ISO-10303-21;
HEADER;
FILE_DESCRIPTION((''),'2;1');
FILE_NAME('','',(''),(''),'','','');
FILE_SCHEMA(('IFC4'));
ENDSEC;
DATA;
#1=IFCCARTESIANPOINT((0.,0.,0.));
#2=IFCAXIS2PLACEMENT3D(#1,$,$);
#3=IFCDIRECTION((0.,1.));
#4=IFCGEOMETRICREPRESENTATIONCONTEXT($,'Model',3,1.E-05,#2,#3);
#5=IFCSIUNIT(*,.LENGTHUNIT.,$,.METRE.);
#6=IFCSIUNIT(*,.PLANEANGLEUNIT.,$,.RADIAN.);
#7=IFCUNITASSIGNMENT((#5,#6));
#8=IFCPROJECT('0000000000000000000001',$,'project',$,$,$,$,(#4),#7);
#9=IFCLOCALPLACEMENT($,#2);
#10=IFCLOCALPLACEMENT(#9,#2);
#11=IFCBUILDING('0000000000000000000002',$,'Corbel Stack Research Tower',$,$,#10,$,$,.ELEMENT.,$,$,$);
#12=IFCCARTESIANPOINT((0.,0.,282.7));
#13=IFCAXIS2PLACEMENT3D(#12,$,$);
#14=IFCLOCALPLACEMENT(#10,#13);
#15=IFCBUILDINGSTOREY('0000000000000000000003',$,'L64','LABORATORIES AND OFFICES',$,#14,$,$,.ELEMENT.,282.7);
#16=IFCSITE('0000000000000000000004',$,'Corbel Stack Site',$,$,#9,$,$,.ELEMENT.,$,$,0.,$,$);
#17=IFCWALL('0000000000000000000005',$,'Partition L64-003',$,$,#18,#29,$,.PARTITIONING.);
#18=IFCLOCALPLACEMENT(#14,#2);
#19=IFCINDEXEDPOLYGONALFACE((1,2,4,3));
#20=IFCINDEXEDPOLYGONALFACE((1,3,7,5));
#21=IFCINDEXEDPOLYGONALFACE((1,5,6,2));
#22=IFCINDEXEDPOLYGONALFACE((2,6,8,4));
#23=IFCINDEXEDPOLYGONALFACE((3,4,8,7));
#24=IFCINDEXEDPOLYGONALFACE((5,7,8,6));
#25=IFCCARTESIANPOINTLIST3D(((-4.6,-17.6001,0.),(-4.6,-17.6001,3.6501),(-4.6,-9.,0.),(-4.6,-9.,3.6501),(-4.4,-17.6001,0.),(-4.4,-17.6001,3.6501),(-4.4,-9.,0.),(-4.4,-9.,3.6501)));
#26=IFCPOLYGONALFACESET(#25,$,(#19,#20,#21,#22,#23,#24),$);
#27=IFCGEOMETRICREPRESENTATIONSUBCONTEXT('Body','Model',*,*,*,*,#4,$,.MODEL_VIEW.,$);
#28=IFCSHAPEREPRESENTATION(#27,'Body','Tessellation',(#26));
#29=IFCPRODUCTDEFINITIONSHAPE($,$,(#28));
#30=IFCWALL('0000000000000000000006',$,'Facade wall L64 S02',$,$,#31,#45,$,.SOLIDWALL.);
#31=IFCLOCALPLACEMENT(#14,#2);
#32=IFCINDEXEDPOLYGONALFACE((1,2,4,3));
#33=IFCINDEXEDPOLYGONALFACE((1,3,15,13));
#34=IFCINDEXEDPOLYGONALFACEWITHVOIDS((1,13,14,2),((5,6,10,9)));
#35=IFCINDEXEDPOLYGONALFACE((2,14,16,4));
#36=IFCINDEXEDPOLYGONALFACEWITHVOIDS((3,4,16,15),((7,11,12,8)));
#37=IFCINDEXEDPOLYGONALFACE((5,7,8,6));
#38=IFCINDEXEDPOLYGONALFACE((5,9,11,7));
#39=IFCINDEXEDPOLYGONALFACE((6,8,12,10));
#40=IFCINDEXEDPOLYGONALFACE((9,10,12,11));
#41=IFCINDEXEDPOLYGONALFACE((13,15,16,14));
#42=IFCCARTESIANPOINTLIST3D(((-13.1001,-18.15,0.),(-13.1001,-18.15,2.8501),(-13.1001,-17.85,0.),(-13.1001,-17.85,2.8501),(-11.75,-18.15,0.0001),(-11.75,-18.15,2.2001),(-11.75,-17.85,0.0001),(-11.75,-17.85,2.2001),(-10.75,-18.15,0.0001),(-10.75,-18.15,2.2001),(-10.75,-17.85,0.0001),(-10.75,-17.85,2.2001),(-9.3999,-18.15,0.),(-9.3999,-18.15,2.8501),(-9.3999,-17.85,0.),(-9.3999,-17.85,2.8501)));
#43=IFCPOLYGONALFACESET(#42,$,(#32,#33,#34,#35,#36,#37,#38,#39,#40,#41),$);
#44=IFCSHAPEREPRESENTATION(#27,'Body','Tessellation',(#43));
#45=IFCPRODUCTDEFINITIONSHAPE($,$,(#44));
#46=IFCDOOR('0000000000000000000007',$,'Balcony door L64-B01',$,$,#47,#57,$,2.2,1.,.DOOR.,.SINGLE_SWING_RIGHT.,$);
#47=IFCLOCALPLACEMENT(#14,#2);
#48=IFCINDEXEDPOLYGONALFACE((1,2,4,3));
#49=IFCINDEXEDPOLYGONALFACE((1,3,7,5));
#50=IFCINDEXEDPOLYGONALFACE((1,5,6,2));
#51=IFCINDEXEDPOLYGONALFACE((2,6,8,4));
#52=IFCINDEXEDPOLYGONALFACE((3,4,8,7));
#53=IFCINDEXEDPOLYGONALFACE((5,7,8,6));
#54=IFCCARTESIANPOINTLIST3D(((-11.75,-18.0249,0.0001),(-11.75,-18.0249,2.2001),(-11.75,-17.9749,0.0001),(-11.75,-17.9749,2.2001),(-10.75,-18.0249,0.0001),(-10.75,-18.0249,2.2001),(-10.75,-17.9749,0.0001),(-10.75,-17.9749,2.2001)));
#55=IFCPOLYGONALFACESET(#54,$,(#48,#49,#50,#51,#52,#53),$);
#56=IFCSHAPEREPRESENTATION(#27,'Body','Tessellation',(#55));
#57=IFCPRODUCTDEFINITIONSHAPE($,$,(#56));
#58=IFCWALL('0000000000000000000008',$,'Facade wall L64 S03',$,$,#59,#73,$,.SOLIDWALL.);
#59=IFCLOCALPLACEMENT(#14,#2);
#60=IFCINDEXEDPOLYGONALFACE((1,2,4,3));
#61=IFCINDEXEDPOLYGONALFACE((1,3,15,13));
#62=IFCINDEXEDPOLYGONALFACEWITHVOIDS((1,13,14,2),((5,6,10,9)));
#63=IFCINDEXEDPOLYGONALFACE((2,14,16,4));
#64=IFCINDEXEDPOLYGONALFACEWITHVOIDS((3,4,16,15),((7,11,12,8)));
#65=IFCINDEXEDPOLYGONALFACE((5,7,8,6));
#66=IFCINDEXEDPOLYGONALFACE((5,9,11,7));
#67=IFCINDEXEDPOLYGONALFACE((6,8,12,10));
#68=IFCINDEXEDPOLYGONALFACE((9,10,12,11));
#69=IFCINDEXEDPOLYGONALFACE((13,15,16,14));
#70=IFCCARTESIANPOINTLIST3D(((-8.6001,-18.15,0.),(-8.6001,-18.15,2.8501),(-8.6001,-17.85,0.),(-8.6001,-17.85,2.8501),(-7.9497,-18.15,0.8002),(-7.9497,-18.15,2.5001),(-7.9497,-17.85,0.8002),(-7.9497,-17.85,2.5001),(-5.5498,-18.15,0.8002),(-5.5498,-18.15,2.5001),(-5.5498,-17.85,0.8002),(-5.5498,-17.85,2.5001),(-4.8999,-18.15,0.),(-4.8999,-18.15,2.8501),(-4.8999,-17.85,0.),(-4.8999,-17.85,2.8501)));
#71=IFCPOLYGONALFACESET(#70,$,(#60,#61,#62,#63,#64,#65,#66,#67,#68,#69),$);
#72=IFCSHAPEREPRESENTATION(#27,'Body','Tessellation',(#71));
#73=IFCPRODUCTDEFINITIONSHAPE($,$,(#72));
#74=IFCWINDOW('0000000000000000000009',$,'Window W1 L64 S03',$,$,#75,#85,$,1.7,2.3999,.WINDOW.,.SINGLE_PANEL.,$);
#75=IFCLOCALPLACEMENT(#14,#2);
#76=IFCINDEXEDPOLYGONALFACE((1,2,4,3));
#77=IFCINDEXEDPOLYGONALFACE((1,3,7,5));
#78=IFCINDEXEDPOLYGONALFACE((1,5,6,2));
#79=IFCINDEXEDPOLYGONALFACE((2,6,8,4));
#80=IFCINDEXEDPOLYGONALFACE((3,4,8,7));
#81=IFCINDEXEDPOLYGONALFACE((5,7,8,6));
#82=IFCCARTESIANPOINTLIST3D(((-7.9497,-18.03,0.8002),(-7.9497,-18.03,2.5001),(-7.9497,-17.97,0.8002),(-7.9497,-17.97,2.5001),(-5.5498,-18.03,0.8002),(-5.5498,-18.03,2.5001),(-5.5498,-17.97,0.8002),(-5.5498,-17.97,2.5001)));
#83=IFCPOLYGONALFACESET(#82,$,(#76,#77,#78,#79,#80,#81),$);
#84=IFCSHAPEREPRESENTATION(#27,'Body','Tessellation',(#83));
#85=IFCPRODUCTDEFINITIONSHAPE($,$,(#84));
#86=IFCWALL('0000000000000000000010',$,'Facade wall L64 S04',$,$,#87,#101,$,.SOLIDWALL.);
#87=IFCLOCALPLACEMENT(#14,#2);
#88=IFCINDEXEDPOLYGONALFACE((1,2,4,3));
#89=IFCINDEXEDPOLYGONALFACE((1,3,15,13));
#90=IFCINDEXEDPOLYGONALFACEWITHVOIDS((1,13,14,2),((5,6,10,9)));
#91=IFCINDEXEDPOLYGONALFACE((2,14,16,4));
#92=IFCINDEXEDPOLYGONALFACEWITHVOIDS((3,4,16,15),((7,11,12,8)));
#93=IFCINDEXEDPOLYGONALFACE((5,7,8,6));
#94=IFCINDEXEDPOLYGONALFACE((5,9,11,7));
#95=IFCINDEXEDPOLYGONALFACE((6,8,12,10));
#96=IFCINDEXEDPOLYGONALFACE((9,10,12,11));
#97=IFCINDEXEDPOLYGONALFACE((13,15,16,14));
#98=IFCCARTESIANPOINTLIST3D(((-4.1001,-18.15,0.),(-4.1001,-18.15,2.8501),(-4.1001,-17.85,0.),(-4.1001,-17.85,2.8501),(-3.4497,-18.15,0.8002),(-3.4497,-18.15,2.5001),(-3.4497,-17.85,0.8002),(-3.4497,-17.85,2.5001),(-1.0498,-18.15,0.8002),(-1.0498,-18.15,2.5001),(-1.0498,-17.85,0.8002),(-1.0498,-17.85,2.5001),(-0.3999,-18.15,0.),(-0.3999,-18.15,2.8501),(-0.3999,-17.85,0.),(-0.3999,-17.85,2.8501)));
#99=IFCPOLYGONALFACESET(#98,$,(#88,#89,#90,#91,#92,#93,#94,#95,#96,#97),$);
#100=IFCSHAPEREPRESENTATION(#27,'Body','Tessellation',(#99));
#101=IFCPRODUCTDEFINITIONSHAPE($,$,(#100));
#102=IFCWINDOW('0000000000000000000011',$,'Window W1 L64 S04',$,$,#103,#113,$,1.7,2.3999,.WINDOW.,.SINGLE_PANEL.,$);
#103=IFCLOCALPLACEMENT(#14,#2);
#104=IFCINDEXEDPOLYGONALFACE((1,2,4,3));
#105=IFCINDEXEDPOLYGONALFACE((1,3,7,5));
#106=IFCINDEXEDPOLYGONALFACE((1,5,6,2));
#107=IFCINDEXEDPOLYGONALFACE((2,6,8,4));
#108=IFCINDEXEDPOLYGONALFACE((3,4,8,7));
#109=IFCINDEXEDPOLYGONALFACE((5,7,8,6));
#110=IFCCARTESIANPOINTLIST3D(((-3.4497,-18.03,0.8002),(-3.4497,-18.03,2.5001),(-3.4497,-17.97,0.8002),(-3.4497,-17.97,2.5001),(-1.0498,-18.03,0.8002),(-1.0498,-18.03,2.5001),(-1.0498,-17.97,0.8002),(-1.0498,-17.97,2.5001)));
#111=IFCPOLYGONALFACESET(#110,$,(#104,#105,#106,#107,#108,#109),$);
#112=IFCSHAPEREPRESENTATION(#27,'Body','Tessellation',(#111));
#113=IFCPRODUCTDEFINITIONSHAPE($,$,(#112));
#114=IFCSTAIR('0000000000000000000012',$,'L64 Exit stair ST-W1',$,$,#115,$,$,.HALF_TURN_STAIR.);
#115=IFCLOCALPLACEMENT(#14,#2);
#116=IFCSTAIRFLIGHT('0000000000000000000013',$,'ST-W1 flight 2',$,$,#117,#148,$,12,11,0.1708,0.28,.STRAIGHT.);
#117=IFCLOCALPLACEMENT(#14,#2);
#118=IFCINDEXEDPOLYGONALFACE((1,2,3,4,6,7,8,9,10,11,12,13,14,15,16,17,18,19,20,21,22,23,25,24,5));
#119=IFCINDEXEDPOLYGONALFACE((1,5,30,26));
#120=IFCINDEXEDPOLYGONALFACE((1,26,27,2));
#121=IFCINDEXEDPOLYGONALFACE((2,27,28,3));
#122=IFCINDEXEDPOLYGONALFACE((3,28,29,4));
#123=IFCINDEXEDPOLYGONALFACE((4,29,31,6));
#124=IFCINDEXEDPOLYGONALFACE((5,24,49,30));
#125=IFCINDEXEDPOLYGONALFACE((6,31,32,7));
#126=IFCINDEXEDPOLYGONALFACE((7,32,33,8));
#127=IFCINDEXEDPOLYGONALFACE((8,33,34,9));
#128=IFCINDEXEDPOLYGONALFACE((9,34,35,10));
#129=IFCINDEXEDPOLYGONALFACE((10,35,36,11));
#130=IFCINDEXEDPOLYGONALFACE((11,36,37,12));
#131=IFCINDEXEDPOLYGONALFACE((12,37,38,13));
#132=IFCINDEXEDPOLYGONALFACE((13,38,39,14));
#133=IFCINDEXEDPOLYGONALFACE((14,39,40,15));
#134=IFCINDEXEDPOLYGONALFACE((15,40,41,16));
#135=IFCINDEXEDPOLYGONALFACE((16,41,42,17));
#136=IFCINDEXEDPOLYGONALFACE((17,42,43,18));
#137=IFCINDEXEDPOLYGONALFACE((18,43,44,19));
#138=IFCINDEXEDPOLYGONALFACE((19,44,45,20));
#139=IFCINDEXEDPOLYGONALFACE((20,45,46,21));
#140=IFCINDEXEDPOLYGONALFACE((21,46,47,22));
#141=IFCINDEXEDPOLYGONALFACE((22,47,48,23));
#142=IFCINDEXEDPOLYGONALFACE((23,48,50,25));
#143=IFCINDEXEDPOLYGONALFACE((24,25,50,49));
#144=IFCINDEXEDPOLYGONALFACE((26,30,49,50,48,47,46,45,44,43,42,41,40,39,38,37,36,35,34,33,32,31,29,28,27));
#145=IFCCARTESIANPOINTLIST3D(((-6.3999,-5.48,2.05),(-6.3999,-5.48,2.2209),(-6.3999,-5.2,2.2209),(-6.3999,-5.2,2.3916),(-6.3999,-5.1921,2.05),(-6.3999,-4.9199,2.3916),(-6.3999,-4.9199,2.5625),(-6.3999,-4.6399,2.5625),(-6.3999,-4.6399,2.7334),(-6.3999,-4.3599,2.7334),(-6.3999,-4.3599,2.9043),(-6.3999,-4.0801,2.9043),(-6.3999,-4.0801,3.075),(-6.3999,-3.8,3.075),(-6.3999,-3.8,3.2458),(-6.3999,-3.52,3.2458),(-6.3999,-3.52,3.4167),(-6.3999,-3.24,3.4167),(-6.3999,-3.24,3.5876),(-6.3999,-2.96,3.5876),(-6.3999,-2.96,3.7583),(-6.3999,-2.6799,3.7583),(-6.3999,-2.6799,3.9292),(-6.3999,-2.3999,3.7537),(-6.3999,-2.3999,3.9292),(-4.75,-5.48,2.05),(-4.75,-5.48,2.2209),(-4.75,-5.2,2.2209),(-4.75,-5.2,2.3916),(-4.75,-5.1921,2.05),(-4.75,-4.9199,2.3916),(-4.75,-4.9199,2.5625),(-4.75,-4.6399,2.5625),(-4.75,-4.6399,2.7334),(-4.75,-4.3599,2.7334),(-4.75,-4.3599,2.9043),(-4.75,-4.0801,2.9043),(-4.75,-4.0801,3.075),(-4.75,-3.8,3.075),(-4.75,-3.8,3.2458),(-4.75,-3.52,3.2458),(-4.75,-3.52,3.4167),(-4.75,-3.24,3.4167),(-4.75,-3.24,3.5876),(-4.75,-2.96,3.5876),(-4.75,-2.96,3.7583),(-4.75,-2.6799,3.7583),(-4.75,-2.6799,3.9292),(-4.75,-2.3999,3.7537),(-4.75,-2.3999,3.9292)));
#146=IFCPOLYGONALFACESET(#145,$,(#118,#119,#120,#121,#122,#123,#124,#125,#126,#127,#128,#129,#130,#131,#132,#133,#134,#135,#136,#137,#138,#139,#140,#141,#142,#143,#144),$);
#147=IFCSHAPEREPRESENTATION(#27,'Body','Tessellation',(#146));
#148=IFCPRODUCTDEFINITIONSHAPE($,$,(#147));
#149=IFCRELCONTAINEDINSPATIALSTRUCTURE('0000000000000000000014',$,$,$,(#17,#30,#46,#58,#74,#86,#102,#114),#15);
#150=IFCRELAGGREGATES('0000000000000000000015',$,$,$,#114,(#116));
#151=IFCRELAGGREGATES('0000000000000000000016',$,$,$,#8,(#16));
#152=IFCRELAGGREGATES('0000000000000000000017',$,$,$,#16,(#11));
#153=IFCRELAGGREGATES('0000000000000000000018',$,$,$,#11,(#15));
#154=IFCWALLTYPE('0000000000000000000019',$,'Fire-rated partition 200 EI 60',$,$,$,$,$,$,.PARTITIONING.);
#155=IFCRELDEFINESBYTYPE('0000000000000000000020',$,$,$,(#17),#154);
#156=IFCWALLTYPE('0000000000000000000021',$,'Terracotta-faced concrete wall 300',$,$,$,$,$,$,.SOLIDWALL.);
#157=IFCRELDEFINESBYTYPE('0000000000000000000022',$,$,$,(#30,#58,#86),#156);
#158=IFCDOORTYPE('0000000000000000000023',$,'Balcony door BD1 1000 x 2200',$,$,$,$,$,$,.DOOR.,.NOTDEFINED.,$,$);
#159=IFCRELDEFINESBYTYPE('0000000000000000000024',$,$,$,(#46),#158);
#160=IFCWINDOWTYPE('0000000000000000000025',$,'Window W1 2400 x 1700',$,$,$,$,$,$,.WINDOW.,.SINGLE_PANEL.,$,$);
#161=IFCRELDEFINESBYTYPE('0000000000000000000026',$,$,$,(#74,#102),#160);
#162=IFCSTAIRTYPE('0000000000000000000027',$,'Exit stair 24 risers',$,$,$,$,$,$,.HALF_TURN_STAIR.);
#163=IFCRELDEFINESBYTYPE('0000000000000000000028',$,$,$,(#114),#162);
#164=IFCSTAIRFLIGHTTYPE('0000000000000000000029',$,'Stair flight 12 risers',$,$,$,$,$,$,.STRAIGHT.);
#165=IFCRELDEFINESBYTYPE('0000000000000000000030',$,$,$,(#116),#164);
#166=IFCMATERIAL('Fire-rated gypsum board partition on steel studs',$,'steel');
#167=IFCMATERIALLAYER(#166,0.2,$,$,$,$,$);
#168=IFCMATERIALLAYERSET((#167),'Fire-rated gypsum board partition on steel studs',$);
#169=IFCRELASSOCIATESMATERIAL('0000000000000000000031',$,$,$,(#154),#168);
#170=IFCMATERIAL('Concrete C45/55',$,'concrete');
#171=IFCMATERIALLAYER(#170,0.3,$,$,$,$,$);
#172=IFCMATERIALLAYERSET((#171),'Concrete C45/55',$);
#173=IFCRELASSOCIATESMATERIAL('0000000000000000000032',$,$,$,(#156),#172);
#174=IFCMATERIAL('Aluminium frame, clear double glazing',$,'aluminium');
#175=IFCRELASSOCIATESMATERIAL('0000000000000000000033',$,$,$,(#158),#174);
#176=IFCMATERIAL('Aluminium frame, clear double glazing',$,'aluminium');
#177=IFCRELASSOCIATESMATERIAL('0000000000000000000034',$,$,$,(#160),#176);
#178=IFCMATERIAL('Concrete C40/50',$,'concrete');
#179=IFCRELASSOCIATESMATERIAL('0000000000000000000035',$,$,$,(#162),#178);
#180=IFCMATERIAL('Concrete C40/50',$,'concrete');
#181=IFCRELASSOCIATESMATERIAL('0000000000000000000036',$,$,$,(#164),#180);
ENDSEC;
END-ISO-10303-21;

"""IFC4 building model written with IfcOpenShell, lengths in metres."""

from ifc_helpers import new_model, si_unit, direction, frame, frame_2d, origin, place, context, subcontext, project, spatial, polyline, rectangle, outline, extrude, material, layer, layer_set, type_object, element, fill, aggregate, save


model = new_model("IFC4")

# Units and contexts
model_context = context("Model", 3, precision=1e-05, world=origin(), true_north=direction((0.0, 1.0)))
body_context = subcontext(model_context, "Body", "Model", "MODEL_VIEW")
ifc_project = project(units=[si_unit("LENGTHUNIT", "METRE"), si_unit("PLANEANGLEUNIT", "RADIAN")], contexts=[model_context])

# Site, building, storey
site_placement = place(None, origin())
site = spatial("IfcSite", under=ifc_project, at=site_placement, Name="Corbel Stack Site", CompositionType="ELEMENT", RefElevation=0.0)
building_placement = place(site_placement, origin())
building = spatial("IfcBuilding", under=site, at=building_placement, Name="Corbel Stack Research Tower", CompositionType="ELEMENT")
storey_placement = place(building_placement, frame((0.0, 0.0, 282.7)))
storey = spatial("IfcBuildingStorey", under=building, at=storey_placement, Name="L64", Description="LABORATORIES AND OFFICES", CompositionType="ELEMENT", Elevation=282.7)

# Wall
ifc_material_1 = material(Name="Fire-rated gypsum board partition on steel studs", Category="steel")
ifc_layer_1 = layer(ifc_material_1, 0.2)
ifc_layer_set_1 = layer_set([ifc_layer_1], Name="Fire-rated gypsum board partition on steel studs")
wall_type_1 = type_object("IfcWallType", Name="Fire-rated partition 200 EI 60", PredefinedType="PARTITIONING", material=ifc_layer_set_1)
wall_1_placement = place(storey_placement, frame((-4.5, -17.6001, 0.0), z_axis=(0.0, 0.0, 1.0), x_axis=(0.0, 1.0, 0.0)))
element("IfcWall", 1, at=wall_1_placement, inside=storey, type_object=wall_type_1, Name="Partition L64-003", PredefinedType="PARTITIONING", context=body_context, shape_type="SweptSolid", body=[
    extrude(rectangle(XDim=8.6001, YDim=0.2, at=frame_2d((4.3, 0.0))), origin(), (0.0, 0.0, 1.0), 3.6501),
])

# Wall, opening, door
ifc_material_2 = material(Name="Concrete C45/55", Category="concrete")
ifc_layer_2 = layer(ifc_material_2, 0.3)
ifc_layer_set_2 = layer_set([ifc_layer_2], Name="Concrete C45/55")
wall_type_2 = type_object("IfcWallType", Name="Terracotta-faced concrete wall 300", PredefinedType="SOLIDWALL", material=ifc_layer_set_2)
wall_2_placement = place(storey_placement, frame((-9.3999, -18.0, 0.0), z_axis=(0.0, 0.0, 1.0), x_axis=(-1.0, 0.0, 0.0)))
wall_2 = element("IfcWall", 2, at=wall_2_placement, inside=storey, type_object=wall_type_2, Name="Facade wall L64 S02", PredefinedType="SOLIDWALL", context=body_context, shape_type="SweptSolid", body=[
    extrude(rectangle(XDim=3.7002, YDim=0.3, at=frame_2d((1.8501, 0.0))), origin(), (0.0, 0.0, 1.0), 2.8501),
])
opening_1_placement = place(wall_2_placement, frame((1.3501, 0.0, 0.0)))
opening_1 = element("IfcOpeningElement", 3, at=opening_1_placement, cuts=wall_2, PredefinedType="OPENING", context=body_context, shape_type="SweptSolid", body=[
    extrude(rectangle(XDim=1.0, YDim=2.2, at=frame_2d((0.5, 1.1001))), frame((0.0, 0.1599, 0.0), z_axis=(0.0, -1.0, 0.0), x_axis=(1.0, 0.0, 0.0)), (0.0, 0.0, 1.0), 0.3201),
])
ifc_material_3 = material(Name="Aluminium frame, clear double glazing", Category="aluminium")
door_type_1 = type_object("IfcDoorType", Name="Balcony door BD1 1000 x 2200", OperationType="NOTDEFINED", PredefinedType="DOOR", material=ifc_material_3)
door_1_placement = place(opening_1_placement, origin())
door_1 = element("IfcDoor", 4, at=door_1_placement, inside=storey, type_object=door_type_1, Name="Balcony door L64-B01", OperationType="SINGLE_SWING_RIGHT", OverallHeight=2.2, OverallWidth=1.0, PredefinedType="DOOR", context=body_context, shape_type="SweptSolid", body=[
    extrude(rectangle(XDim=1.0, YDim=2.2, at=frame_2d((0.5, 1.1001))), frame((0.0, 0.0249, 0.0), z_axis=(0.0, -1.0, 0.0), x_axis=(1.0, 0.0, 0.0)), (0.0, 0.0, 1.0), 0.05),
])
fill(opening_1, door_1)

# Walls, openings, windows
wall_3_placement = place(storey_placement, frame((-4.8999, -18.0, 0.0), z_axis=(0.0, 0.0, 1.0), x_axis=(-1.0, 0.0, 0.0)))
wall_3 = element("IfcWall", 5, at=wall_3_placement, inside=storey, type_object=wall_type_2, Name="Facade wall L64 S03", PredefinedType="SOLIDWALL", context=body_context, shape_type="SweptSolid", body=[
    extrude(rectangle(XDim=3.7002, YDim=0.3, at=frame_2d((1.8501, 0.0))), origin(), (0.0, 0.0, 1.0), 2.8501),
])
opening_2_placement = place(wall_3_placement, frame((0.6499, 0.0, 0.8)))
opening_2 = element("IfcOpeningElement", 6, at=opening_2_placement, cuts=wall_3, PredefinedType="OPENING", context=body_context, shape_type="SweptSolid", body=[
    extrude(rectangle(XDim=2.3999, YDim=1.7, at=frame_2d((1.2, 0.8501))), frame((0.0, 0.1599, 0.0), z_axis=(0.0, -1.0, 0.0), x_axis=(1.0, 0.0, 0.0)), (0.0, 0.0, 1.0), 0.3201),
])
ifc_material_4 = material(Name="Aluminium frame, clear double glazing", Category="aluminium")
window_type = type_object("IfcWindowType", Name="Window W1 2400 x 1700", PartitioningType="SINGLE_PANEL", PredefinedType="WINDOW", material=ifc_material_4)
window_1_placement = place(opening_2_placement, origin())
window_1 = element("IfcWindow", 7, at=window_1_placement, inside=storey, type_object=window_type, Name="Window W1 L64 S03", OverallHeight=1.7, OverallWidth=2.3999, PartitioningType="SINGLE_PANEL", PredefinedType="WINDOW", context=body_context, shape_type="SweptSolid", body=[
    extrude(rectangle(XDim=2.3999, YDim=1.7, at=frame_2d((1.2, 0.8501))), frame((0.0, 0.03, 0.0), z_axis=(0.0, -1.0, 0.0), x_axis=(1.0, 0.0, 0.0)), (0.0, 0.0, 1.0), 0.0601),
])
fill(opening_2, window_1)
wall_4_placement = place(storey_placement, frame((-0.3999, -18.0, 0.0), z_axis=(0.0, 0.0, 1.0), x_axis=(-1.0, 0.0, 0.0)))
wall_4 = element("IfcWall", 8, at=wall_4_placement, inside=storey, type_object=wall_type_2, Name="Facade wall L64 S04", PredefinedType="SOLIDWALL", context=body_context, shape_type="SweptSolid", body=[
    extrude(rectangle(XDim=3.7002, YDim=0.3, at=frame_2d((1.8501, 0.0))), origin(), (0.0, 0.0, 1.0), 2.8501),
])
opening_3_placement = place(wall_4_placement, frame((0.6499, 0.0, 0.8)))
opening_3 = element("IfcOpeningElement", 9, at=opening_3_placement, cuts=wall_4, PredefinedType="OPENING", context=body_context, shape_type="SweptSolid", body=[
    extrude(rectangle(XDim=2.3999, YDim=1.7, at=frame_2d((1.2, 0.8501))), frame((0.0, 0.1599, 0.0), z_axis=(0.0, -1.0, 0.0), x_axis=(1.0, 0.0, 0.0)), (0.0, 0.0, 1.0), 0.3201),
])
window_2_placement = place(opening_3_placement, origin())
window_2 = element("IfcWindow", 10, at=window_2_placement, inside=storey, type_object=window_type, Name="Window W1 L64 S04", OverallHeight=1.7, OverallWidth=2.3999, PartitioningType="SINGLE_PANEL", PredefinedType="WINDOW", context=body_context, shape_type="SweptSolid", body=[
    extrude(rectangle(XDim=2.3999, YDim=1.7, at=frame_2d((1.2, 0.8501))), frame((0.0, 0.03, 0.0), z_axis=(0.0, -1.0, 0.0), x_axis=(1.0, 0.0, 0.0)), (0.0, 0.0, 1.0), 0.0601),
])
fill(opening_3, window_2)

# Stair, stair flight
ifc_material_5 = material(Name="Concrete C40/50", Category="concrete")
stair_type = type_object("IfcStairType", Name="Exit stair 24 risers", PredefinedType="HALF_TURN_STAIR", material=ifc_material_5)
stair_placement = place(storey_placement, origin())
stair = element("IfcStair", 11, at=stair_placement, inside=storey, type_object=stair_type, Name="L64 Exit stair ST-W1", PredefinedType="HALF_TURN_STAIR")
ifc_material_6 = material(Name="Concrete C40/50", Category="concrete")
stair_flight_type = type_object("IfcStairFlightType", Name="Stair flight 12 risers", PredefinedType="STRAIGHT", material=ifc_material_6)
stair_flight_placement = place(storey_placement, frame((-5.575, -5.48, 2.05), z_axis=(0.0, 0.0, 1.0), x_axis=(0.0, 1.0, 0.0)))
stair_flight = element("IfcStairFlight", 12, at=stair_flight_placement, type_object=stair_flight_type, Name="ST-W1 flight 2", NumberOfRisers=12, NumberOfTreads=11, PredefinedType="STRAIGHT", RiserHeight=0.1708, TreadLength=0.28, context=body_context, shape_type="SweptSolid", body=[
    extrude(outline(polyline([(0.0, 0.0), (0.0, 0.1709), (0.28, 0.1709), (0.28, 0.3416), (0.5601, 0.3416), (0.5601, 0.5125), (0.8401, 0.5125), (0.8401, 0.6833), (1.1201, 0.6833), (1.1201, 0.8542), (1.3999, 0.8542), (1.3999, 1.0249), (1.6799, 1.0249), (1.6799, 1.1958), (1.96, 1.1958), (1.96, 1.3667), (2.24, 1.3667), (2.24, 1.5376), (2.52, 1.5376), (2.52, 1.7083), (2.8, 1.7083), (2.8, 1.8792), (3.0801, 1.8792), (3.0801, 2.05), (3.0801, 1.7036), (0.2878, 0.0), (0.0, 0.0)])), frame((0.0, 0.825, 0.0), z_axis=(0.0, -1.0, 0.0), x_axis=(1.0, 0.0, 0.0)), (0.0, 0.0, 1.0), 1.6499),
])
aggregate(stair, [stair_flight])

save(model, "model.ifc")
